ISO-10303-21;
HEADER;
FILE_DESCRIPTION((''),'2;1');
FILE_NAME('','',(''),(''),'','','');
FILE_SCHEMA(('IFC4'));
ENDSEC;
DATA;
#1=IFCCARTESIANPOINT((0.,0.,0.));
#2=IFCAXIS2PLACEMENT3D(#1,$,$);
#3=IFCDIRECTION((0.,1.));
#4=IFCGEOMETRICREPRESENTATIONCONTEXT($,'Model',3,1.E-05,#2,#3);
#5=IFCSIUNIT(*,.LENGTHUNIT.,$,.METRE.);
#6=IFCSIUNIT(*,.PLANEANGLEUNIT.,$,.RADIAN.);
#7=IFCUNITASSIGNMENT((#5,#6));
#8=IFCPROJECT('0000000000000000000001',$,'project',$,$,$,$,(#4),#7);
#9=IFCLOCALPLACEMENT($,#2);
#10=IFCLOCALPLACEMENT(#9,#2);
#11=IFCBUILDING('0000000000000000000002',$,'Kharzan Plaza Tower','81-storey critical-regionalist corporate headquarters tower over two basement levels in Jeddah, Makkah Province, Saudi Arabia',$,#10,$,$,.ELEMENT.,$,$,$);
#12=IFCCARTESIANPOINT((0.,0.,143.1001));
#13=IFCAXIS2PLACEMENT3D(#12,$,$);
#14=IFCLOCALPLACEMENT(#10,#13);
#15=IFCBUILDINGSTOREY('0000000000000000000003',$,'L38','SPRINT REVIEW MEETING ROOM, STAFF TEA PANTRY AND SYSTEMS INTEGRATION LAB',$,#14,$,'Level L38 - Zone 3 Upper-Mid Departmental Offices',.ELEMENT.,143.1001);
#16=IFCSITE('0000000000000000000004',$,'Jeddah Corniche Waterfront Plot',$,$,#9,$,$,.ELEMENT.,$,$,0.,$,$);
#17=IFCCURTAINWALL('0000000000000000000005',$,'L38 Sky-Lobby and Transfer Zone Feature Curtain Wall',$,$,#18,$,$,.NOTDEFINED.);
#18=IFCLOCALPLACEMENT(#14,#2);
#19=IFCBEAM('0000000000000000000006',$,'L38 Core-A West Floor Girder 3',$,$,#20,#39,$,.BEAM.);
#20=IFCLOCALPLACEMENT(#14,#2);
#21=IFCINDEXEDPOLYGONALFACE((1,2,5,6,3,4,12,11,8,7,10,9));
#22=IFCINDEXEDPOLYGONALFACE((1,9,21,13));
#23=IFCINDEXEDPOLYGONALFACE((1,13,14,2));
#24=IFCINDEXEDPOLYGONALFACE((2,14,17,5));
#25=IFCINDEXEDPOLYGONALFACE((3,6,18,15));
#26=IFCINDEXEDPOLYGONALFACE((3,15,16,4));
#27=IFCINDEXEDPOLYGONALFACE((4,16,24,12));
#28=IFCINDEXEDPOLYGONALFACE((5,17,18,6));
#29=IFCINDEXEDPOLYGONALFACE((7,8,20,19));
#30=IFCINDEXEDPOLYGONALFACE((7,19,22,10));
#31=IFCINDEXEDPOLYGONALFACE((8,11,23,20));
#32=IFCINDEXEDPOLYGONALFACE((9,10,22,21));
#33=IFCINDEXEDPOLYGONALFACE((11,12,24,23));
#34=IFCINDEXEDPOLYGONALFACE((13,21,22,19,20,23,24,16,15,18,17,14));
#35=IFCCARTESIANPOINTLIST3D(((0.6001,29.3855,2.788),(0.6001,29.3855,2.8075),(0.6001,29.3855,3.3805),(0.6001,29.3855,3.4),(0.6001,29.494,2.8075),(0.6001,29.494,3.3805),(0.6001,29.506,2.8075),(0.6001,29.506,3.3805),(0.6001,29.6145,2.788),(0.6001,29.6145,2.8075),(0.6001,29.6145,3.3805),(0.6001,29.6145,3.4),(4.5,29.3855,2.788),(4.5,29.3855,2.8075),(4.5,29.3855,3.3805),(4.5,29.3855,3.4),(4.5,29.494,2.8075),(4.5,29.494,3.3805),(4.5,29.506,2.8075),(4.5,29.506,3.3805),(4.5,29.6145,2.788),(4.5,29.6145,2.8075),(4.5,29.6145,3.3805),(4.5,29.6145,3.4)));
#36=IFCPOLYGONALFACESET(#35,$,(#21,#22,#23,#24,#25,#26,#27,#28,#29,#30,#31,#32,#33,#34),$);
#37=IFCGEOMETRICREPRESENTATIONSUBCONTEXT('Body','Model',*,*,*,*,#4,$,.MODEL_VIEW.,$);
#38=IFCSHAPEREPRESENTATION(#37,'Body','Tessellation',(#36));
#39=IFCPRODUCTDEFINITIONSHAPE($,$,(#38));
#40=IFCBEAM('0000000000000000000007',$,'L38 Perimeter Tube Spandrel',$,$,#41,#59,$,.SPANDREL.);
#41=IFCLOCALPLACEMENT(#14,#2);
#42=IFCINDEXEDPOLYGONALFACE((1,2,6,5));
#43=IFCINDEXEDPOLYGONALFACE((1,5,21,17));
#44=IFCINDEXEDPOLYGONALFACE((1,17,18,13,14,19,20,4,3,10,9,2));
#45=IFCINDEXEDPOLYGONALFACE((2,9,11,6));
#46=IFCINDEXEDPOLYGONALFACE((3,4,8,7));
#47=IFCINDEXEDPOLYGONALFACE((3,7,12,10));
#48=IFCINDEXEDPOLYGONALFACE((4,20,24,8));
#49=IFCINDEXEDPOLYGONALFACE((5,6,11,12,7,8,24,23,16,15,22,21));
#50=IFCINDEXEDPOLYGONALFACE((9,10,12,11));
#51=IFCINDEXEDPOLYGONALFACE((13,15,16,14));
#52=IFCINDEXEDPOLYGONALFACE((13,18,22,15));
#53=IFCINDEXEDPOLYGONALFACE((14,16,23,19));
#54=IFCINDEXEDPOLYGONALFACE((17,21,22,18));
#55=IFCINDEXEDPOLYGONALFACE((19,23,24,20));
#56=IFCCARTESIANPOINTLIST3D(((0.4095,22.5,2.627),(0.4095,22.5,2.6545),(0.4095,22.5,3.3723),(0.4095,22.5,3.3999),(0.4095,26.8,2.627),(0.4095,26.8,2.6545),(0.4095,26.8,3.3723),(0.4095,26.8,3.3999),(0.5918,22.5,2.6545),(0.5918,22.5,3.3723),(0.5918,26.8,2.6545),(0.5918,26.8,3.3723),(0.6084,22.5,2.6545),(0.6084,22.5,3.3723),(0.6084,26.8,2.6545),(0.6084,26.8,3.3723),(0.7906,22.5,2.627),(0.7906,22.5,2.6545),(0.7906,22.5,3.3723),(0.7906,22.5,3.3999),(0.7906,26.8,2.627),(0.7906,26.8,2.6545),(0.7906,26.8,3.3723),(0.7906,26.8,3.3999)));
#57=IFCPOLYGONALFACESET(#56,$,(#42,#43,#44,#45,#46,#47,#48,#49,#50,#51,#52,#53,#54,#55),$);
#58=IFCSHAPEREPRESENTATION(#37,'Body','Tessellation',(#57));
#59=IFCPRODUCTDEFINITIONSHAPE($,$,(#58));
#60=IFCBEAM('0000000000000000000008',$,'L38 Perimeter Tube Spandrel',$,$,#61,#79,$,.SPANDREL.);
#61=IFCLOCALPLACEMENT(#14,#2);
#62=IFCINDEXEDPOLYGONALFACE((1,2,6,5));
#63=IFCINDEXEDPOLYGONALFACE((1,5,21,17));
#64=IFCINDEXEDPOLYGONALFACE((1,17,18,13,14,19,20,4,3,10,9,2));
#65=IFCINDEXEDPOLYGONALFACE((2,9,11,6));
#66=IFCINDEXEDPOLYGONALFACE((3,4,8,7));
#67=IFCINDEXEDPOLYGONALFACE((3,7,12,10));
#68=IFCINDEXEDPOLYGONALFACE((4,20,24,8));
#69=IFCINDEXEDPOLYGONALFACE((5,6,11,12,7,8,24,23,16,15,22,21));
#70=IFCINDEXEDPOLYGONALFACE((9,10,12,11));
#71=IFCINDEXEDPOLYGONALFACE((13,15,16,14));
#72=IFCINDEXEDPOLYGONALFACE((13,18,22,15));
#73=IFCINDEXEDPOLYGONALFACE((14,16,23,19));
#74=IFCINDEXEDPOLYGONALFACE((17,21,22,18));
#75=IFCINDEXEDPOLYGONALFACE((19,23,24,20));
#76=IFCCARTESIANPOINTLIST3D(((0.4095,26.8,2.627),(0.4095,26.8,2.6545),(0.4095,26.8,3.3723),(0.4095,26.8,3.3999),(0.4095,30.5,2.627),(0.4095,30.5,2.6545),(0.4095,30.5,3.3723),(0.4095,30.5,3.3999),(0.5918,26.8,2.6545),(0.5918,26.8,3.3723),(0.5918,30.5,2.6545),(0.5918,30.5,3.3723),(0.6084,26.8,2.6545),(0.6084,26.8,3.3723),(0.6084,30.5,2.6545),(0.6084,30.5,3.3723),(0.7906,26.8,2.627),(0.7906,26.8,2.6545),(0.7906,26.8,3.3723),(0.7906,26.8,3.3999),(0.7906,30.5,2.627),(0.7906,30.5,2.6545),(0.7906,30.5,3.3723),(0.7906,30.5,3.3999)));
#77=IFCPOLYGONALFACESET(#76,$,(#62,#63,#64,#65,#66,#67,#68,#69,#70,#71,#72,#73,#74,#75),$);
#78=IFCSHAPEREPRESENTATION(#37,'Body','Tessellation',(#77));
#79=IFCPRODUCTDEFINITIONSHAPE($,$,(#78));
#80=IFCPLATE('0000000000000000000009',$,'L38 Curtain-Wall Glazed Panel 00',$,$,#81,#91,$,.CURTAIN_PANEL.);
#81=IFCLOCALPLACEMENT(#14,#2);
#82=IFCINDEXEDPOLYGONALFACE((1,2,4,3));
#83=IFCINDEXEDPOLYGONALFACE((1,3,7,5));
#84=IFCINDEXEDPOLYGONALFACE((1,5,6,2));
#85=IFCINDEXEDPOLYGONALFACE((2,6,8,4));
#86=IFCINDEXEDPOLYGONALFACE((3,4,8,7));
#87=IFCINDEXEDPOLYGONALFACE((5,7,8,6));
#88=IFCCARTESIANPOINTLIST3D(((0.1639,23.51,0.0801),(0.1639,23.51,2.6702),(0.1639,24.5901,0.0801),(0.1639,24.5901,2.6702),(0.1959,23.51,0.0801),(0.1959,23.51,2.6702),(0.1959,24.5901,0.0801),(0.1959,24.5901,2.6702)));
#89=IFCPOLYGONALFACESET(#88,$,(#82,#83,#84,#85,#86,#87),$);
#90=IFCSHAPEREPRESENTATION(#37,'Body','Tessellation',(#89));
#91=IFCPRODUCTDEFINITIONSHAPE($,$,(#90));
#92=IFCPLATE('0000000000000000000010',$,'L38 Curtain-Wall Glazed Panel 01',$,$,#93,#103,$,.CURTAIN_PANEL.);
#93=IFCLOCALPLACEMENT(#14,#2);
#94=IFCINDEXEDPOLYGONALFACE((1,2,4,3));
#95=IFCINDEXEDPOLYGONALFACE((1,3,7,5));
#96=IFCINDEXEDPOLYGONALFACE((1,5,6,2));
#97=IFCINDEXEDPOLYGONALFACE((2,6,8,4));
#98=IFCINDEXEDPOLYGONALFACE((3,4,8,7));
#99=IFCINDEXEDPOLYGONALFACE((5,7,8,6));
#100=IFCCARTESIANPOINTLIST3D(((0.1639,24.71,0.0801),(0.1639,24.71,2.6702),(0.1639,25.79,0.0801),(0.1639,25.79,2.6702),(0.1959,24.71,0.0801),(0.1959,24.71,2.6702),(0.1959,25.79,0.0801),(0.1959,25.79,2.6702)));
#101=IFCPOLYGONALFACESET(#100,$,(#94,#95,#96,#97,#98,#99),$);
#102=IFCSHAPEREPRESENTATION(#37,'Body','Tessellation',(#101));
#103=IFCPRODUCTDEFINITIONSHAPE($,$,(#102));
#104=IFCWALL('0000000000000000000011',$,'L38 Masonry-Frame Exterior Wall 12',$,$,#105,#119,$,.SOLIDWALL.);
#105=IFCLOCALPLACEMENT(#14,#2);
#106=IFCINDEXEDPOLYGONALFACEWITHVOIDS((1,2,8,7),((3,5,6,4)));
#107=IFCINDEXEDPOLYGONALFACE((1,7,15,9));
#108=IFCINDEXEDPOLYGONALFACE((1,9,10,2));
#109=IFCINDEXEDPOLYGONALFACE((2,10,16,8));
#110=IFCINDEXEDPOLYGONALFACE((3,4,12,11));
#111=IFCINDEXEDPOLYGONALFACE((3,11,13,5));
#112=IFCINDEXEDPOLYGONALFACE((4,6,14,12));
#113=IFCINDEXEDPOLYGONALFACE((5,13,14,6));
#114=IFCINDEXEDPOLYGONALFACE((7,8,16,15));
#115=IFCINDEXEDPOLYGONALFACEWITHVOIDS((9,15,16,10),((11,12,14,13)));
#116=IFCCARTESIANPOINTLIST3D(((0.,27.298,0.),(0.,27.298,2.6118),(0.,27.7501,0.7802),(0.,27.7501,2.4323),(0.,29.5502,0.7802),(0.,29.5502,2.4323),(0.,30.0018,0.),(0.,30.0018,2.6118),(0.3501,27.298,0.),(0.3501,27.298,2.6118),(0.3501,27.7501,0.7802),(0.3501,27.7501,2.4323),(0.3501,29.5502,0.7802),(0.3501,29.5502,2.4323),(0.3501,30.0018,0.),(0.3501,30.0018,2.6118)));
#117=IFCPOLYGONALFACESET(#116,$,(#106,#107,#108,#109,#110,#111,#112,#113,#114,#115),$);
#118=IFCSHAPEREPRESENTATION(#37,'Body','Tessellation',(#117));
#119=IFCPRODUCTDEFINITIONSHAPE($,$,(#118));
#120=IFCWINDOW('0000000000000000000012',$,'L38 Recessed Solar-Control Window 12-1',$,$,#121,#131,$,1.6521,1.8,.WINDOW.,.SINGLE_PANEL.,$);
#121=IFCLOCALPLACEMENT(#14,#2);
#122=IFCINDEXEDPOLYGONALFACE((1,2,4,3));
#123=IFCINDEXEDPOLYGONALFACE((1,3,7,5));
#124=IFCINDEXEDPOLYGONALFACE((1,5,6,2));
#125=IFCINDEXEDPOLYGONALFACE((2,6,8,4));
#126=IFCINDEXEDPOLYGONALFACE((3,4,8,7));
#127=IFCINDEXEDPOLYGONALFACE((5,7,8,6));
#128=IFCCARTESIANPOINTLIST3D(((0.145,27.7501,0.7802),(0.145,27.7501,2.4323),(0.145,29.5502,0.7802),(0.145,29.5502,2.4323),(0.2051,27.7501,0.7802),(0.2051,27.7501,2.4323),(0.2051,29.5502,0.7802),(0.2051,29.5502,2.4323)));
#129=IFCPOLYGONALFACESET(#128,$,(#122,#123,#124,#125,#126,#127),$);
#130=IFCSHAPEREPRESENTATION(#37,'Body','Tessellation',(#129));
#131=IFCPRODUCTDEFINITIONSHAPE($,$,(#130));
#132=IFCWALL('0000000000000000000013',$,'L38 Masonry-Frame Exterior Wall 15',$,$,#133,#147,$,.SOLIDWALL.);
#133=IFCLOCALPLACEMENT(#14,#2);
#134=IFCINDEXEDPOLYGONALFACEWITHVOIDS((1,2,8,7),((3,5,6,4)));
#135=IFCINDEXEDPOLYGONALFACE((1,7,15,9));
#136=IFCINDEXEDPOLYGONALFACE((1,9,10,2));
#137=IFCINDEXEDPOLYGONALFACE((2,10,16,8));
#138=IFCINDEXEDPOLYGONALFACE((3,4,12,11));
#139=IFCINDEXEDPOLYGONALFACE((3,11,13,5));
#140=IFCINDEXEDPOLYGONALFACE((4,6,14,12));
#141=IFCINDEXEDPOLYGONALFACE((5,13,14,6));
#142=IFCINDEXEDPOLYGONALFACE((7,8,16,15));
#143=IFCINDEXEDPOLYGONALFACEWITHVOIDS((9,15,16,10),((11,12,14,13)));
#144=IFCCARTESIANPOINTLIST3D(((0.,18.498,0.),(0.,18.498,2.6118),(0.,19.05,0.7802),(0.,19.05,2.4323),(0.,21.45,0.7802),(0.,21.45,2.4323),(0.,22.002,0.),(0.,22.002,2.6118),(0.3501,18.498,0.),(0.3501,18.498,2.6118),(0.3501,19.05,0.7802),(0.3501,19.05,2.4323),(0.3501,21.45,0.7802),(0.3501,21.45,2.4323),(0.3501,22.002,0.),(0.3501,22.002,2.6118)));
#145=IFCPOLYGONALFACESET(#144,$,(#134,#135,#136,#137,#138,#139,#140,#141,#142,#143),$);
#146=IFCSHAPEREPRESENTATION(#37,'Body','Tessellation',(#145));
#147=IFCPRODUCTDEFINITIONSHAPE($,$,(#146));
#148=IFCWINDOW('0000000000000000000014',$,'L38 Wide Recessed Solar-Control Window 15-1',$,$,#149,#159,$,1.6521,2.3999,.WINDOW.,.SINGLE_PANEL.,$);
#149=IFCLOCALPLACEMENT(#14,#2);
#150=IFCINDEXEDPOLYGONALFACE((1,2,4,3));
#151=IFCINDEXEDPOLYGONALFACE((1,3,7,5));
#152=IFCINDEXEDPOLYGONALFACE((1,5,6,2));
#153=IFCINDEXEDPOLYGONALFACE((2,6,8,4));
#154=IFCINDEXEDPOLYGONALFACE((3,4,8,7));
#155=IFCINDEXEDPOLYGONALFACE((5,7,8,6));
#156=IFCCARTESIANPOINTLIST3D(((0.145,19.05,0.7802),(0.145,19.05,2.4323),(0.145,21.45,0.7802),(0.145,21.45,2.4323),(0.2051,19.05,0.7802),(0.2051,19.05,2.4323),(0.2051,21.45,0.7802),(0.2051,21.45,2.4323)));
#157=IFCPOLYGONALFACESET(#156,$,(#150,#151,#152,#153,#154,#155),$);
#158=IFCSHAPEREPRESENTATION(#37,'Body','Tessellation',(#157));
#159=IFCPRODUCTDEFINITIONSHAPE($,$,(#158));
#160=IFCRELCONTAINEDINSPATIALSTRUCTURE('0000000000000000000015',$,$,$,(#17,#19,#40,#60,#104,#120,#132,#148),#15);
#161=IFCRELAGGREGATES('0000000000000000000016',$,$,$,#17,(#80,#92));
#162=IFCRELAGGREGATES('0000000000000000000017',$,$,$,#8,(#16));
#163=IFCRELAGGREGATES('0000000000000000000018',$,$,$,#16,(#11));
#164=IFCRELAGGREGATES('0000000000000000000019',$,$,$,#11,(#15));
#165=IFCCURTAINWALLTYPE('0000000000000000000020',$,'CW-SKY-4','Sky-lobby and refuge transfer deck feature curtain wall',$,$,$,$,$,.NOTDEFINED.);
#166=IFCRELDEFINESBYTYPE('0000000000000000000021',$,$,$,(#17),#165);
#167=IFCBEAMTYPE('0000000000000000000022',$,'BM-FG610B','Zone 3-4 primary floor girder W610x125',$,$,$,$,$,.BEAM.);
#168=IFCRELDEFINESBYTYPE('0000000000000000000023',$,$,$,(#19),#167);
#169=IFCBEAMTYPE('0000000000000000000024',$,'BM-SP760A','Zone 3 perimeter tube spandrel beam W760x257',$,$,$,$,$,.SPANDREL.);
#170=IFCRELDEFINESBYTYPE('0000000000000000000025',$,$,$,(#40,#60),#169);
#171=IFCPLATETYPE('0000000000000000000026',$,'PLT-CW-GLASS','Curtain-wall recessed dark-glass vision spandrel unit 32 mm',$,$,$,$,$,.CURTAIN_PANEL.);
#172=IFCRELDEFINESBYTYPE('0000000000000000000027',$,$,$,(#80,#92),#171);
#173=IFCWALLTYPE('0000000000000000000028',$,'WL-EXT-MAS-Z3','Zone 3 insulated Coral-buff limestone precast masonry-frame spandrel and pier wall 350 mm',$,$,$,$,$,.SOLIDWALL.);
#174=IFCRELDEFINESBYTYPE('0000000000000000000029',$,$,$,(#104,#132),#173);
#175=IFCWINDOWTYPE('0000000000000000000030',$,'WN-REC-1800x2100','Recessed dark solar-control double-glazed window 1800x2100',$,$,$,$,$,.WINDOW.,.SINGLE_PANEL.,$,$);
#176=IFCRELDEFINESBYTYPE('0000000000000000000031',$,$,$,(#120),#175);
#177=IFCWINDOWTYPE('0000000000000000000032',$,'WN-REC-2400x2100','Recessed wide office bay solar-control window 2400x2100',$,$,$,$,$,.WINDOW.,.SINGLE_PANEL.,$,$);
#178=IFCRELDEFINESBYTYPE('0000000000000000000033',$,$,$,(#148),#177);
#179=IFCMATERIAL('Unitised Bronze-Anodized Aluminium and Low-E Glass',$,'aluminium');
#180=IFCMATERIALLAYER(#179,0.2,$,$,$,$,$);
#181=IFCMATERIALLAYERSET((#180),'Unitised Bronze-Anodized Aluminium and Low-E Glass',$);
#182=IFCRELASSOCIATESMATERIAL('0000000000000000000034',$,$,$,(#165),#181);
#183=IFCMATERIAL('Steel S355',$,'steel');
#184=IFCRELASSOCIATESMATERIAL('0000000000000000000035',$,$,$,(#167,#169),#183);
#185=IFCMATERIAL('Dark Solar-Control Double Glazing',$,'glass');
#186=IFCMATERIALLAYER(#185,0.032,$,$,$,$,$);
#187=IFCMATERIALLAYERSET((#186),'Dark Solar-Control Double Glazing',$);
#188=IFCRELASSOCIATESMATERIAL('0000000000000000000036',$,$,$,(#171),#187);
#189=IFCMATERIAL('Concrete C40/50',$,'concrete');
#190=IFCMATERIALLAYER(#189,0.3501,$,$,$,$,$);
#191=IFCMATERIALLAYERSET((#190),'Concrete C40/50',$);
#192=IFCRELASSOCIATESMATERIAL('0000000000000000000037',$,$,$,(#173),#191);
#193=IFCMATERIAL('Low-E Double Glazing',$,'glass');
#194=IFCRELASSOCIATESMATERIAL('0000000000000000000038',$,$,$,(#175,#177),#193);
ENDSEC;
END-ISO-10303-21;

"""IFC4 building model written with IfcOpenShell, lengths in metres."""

from ifc_helpers import new_model, si_unit, direction, frame, frame_2d, origin, origin_2d, place, context, subcontext, project, spatial, rectangle, i_section, extrude, source, transform, mapped, material, layer, layer_set, material_profile, profile_set, type_object, element, fill, aggregate, save


model = new_model("IFC4")

# Units and contexts
model_context = context("Model", 3, precision=1e-05, world=origin(), true_north=direction((0.0, 1.0)))
body_context = subcontext(model_context, "Body", "Model", "MODEL_VIEW")
ifc_project = project(units=[si_unit("LENGTHUNIT", "METRE"), si_unit("PLANEANGLEUNIT", "RADIAN")], contexts=[model_context])

# Site, building, storey
site_placement = place(None, origin())
site = spatial("IfcSite", under=ifc_project, at=site_placement, Name="Jeddah Corniche Waterfront Plot", CompositionType="ELEMENT", RefElevation=0.0)
building_placement = place(site_placement, origin())
building = spatial("IfcBuilding", under=site, at=building_placement, Name="Kharzan Plaza Tower", Description="81-storey critical-regionalist corporate headquarters tower over two basement levels in Jeddah, Makkah Province, Saudi Arabia", CompositionType="ELEMENT")
storey_placement = place(building_placement, frame((0.0, 0.0, 143.1001)))
storey = spatial("IfcBuildingStorey", under=building, at=storey_placement, Name="L38", Description="SPRINT REVIEW MEETING ROOM, STAFF TEA PANTRY AND SYSTEMS INTEGRATION LAB", LongName="Level L38 - Zone 3 Upper-Mid Departmental Offices", CompositionType="ELEMENT", Elevation=143.1001)

# Shared definitions
ifc_material_1 = material(Name="Steel S355", Category="steel")

# Curtain wall
ifc_material_2 = material(Name="Unitised Bronze-Anodized Aluminium and Low-E Glass", Category="aluminium")
ifc_layer_1 = layer(ifc_material_2, 0.2)
ifc_layer_set_1 = layer_set([ifc_layer_1], Name="Unitised Bronze-Anodized Aluminium and Low-E Glass")
curtain_wall_type = type_object("IfcCurtainWallType", Name="CW-SKY-4", Description="Sky-lobby and refuge transfer deck feature curtain wall", PredefinedType="NOTDEFINED", material=ifc_layer_set_1)
curtain_wall_placement = place(storey_placement, origin())
curtain_wall = element("IfcCurtainWall", 1, at=curtain_wall_placement, inside=storey, type_object=curtain_wall_type, Name="L38 Sky-Lobby and Transfer Zone Feature Curtain Wall", PredefinedType="NOTDEFINED")

# Beams
ifc_material_profile_1 = material_profile(ifc_material_1, i_section(OverallWidth=0.229, OverallDepth=0.6121, WebThickness=0.012, FlangeThickness=0.0195, at=origin_2d()), Name="W610x125")
ifc_profile_set_1 = profile_set([ifc_material_profile_1], Name="Steel S355")
beam_type_1 = type_object("IfcBeamType", Name="BM-FG610B", Description="Zone 3-4 primary floor girder W610x125", PredefinedType="BEAM", material=ifc_profile_set_1)
shared_shape_1 = source(origin(), body_context, "Body", "SweptSolid", [
    extrude(i_section(OverallWidth=0.229, OverallDepth=0.6121, WebThickness=0.012, FlangeThickness=0.0195, at=origin_2d()), origin(), (0.0, 0.0, 1.0), 3.8999),
])
beam_1_placement = place(storey_placement, frame((0.6001, 29.5, 3.094), z_axis=(1.0, 0.0, 0.0), x_axis=(0.0, 1.0, 0.0)))
element("IfcBeam", 2, at=beam_1_placement, inside=storey, type_object=beam_type_1, Name="L38 Core-A West Floor Girder 3", PredefinedType="BEAM", context=body_context, shape_type="MappedRepresentation", body=[
    mapped(shared_shape_1, transform((0.0, 0.0, 0.0), x_axis=(1.0, 0.0, 0.0), y_axis=(0.0, 1.0, 0.0), z_axis=(0.0, 0.0, 1.0))),
])
ifc_material_profile_2 = material_profile(ifc_material_1, i_section(OverallWidth=0.3811, OverallDepth=0.7729, WebThickness=0.0166, FlangeThickness=0.0276, at=origin_2d()), Name="W760x257")
ifc_profile_set_2 = profile_set([ifc_material_profile_2], Name="Steel S355")
beam_type_2 = type_object("IfcBeamType", Name="BM-SP760A", Description="Zone 3 perimeter tube spandrel beam W760x257", PredefinedType="SPANDREL", material=ifc_profile_set_2)
shared_shape_2 = source(origin(), body_context, "Body", "SweptSolid", [
    extrude(i_section(OverallWidth=0.3811, OverallDepth=0.7729, WebThickness=0.0166, FlangeThickness=0.0276, at=origin_2d()), origin(), (0.0, 0.0, 1.0), 4.3),
])
beam_2_placement = place(storey_placement, frame((0.6001, 22.5, 3.0134), z_axis=(0.0, 1.0, 0.0), x_axis=(-1.0, 0.0, 0.0)))
element("IfcBeam", 3, at=beam_2_placement, inside=storey, type_object=beam_type_2, Name="L38 Perimeter Tube Spandrel", PredefinedType="SPANDREL", context=body_context, shape_type="MappedRepresentation", body=[
    mapped(shared_shape_2, transform((0.0, 0.0, 0.0), x_axis=(1.0, 0.0, 0.0), y_axis=(0.0, 1.0, 0.0), z_axis=(0.0, 0.0, 1.0))),
])
shared_shape_3 = source(origin(), body_context, "Body", "SweptSolid", [
    extrude(i_section(OverallWidth=0.3811, OverallDepth=0.7729, WebThickness=0.0166, FlangeThickness=0.0276, at=origin_2d()), origin(), (0.0, 0.0, 1.0), 3.7),
])
beam_3_placement = place(storey_placement, frame((0.6001, 26.8, 3.0134), z_axis=(0.0, 1.0, 0.0), x_axis=(-1.0, 0.0, 0.0)))
element("IfcBeam", 4, at=beam_3_placement, inside=storey, type_object=beam_type_2, Name="L38 Perimeter Tube Spandrel", PredefinedType="SPANDREL", context=body_context, shape_type="MappedRepresentation", body=[
    mapped(shared_shape_3, transform((0.0, 0.0, 0.0), x_axis=(1.0, 0.0, 0.0), y_axis=(0.0, 1.0, 0.0), z_axis=(0.0, 0.0, 1.0))),
])

# Plates
ifc_material_3 = material(Name="Dark Solar-Control Double Glazing", Category="glass")
ifc_layer_2 = layer(ifc_material_3, 0.032)
ifc_layer_set_2 = layer_set([ifc_layer_2], Name="Dark Solar-Control Double Glazing")
plate_type = type_object("IfcPlateType", Name="PLT-CW-GLASS", Description="Curtain-wall recessed dark-glass vision spandrel unit 32 mm", PredefinedType="CURTAIN_PANEL", material=ifc_layer_set_2)
shared_shape_4 = source(origin(), body_context, "Body", "SweptSolid", [
    extrude(rectangle(XDim=1.0801, YDim=0.032, at=origin_2d()), origin(), (0.0, 0.0, 1.0), 2.5901),
])
plate_1_placement = place(storey_placement, frame((0.1799, 24.05, 0.0801), z_axis=(0.0, 0.0, 1.0), x_axis=(0.0, 1.0, 0.0)))
plate_1 = element("IfcPlate", 5, at=plate_1_placement, type_object=plate_type, Name="L38 Curtain-Wall Glazed Panel 00", PredefinedType="CURTAIN_PANEL", context=body_context, shape_type="MappedRepresentation", body=[
    mapped(shared_shape_4, transform((0.0, 0.0, 0.0), x_axis=(1.0, 0.0, 0.0), y_axis=(0.0, 1.0, 0.0), z_axis=(0.0, 0.0, 1.0))),
])
plate_2_placement = place(storey_placement, frame((0.1799, 25.25, 0.0801), z_axis=(0.0, 0.0, 1.0), x_axis=(0.0, 1.0, 0.0)))
plate_2 = element("IfcPlate", 6, at=plate_2_placement, type_object=plate_type, Name="L38 Curtain-Wall Glazed Panel 01", PredefinedType="CURTAIN_PANEL", context=body_context, shape_type="MappedRepresentation", body=[
    mapped(shared_shape_4, transform((0.0, 0.0, 0.0), x_axis=(1.0, 0.0, 0.0), y_axis=(0.0, 1.0, 0.0), z_axis=(0.0, 0.0, 1.0))),
])
aggregate(curtain_wall, [plate_1, plate_2])

# Walls, openings, windows
ifc_material_4 = material(Name="Concrete C40/50", Category="concrete")
ifc_layer_3 = layer(ifc_material_4, 0.3501)
ifc_layer_set_3 = layer_set([ifc_layer_3], Name="Concrete C40/50")
wall_type_1 = type_object("IfcWallType", Name="WL-EXT-MAS-Z3", Description="Zone 3 insulated Coral-buff limestone precast masonry-frame spandrel and pier wall 350 mm", PredefinedType="SOLIDWALL", material=ifc_layer_set_3)
wall_1_placement = place(storey_placement, frame((0.175, 30.002, 0.0), z_axis=(0.0, 0.0, 1.0), x_axis=(0.0, -1.0, 0.0)))
wall_1 = element("IfcWall", 7, at=wall_1_placement, inside=storey, type_object=wall_type_1, Name="L38 Masonry-Frame Exterior Wall 12", PredefinedType="SOLIDWALL", context=body_context, shape_type="SweptSolid", body=[
    extrude(rectangle(XDim=2.7039, YDim=0.3501, at=frame_2d((1.3521, 0.0))), origin(), (0.0, 0.0, 1.0), 2.6118),
])
opening_1_placement = place(wall_1_placement, frame((0.4519, 0.0, 0.78)))
opening_1 = element("IfcOpeningElement", 8, at=opening_1_placement, cuts=wall_1, PredefinedType="OPENING", context=body_context, shape_type="SweptSolid", body=[
    extrude(rectangle(XDim=1.8, YDim=1.6521, at=frame_2d((0.8999, 0.8262))), frame((0.0, 0.1851, 0.0), z_axis=(0.0, -1.0, 0.0), x_axis=(1.0, 0.0, 0.0)), (0.0, 0.0, 1.0), 0.3701),
])
ifc_material_5 = material(Name="Low-E Double Glazing", Category="glass")
window_type_1 = type_object("IfcWindowType", Name="WN-REC-1800x2100", Description="Recessed dark solar-control double-glazed window 1800x2100", PartitioningType="SINGLE_PANEL", PredefinedType="WINDOW", material=ifc_material_5)
shared_shape_5 = source(origin(), body_context, "Body", "SweptSolid", [
    extrude(rectangle(XDim=1.8, YDim=1.6521, at=frame_2d((0.8999, 0.8262))), frame((0.0, 0.03, 0.0), z_axis=(0.0, -1.0, 0.0), x_axis=(1.0, 0.0, 0.0)), (0.0, 0.0, 1.0), 0.0601),
])
window_1_placement = place(opening_1_placement, origin())
window_1 = element("IfcWindow", 9, at=window_1_placement, inside=storey, type_object=window_type_1, Name="L38 Recessed Solar-Control Window 12-1", OverallHeight=1.6521, OverallWidth=1.8, PartitioningType="SINGLE_PANEL", PredefinedType="WINDOW", context=body_context, shape_type="MappedRepresentation", body=[
    mapped(shared_shape_5, transform((0.0, 0.0, 0.0), x_axis=(1.0, 0.0, 0.0), y_axis=(0.0, 1.0, 0.0), z_axis=(0.0, 0.0, 1.0))),
])
fill(opening_1, window_1)
wall_2_placement = place(storey_placement, frame((0.175, 22.002, 0.0), z_axis=(0.0, 0.0, 1.0), x_axis=(0.0, -1.0, 0.0)))
wall_2 = element("IfcWall", 10, at=wall_2_placement, inside=storey, type_object=wall_type_1, Name="L38 Masonry-Frame Exterior Wall 15", PredefinedType="SOLIDWALL", context=body_context, shape_type="SweptSolid", body=[
    extrude(rectangle(XDim=3.5039, YDim=0.3501, at=frame_2d((1.752, 0.0))), origin(), (0.0, 0.0, 1.0), 2.6118),
])
opening_2_placement = place(wall_2_placement, frame((0.552, 0.0, 0.78)))
opening_2 = element("IfcOpeningElement", 11, at=opening_2_placement, cuts=wall_2, PredefinedType="OPENING", context=body_context, shape_type="SweptSolid", body=[
    extrude(rectangle(XDim=2.3999, YDim=1.6521, at=frame_2d((1.2, 0.8262))), frame((0.0, 0.1851, 0.0), z_axis=(0.0, -1.0, 0.0), x_axis=(1.0, 0.0, 0.0)), (0.0, 0.0, 1.0), 0.3701),
])
window_type_2 = type_object("IfcWindowType", Name="WN-REC-2400x2100", Description="Recessed wide office bay solar-control window 2400x2100", PartitioningType="SINGLE_PANEL", PredefinedType="WINDOW", material=ifc_material_5)
shared_shape_6 = source(origin(), body_context, "Body", "SweptSolid", [
    extrude(rectangle(XDim=2.3999, YDim=1.6521, at=frame_2d((1.2, 0.8262))), frame((0.0, 0.03, 0.0), z_axis=(0.0, -1.0, 0.0), x_axis=(1.0, 0.0, 0.0)), (0.0, 0.0, 1.0), 0.0601),
])
window_2_placement = place(opening_2_placement, origin())
window_2 = element("IfcWindow", 12, at=window_2_placement, inside=storey, type_object=window_type_2, Name="L38 Wide Recessed Solar-Control Window 15-1", OverallHeight=1.6521, OverallWidth=2.3999, PartitioningType="SINGLE_PANEL", PredefinedType="WINDOW", context=body_context, shape_type="MappedRepresentation", body=[
    mapped(shared_shape_6, transform((0.0, 0.0, 0.0), x_axis=(1.0, 0.0, 0.0), y_axis=(0.0, 1.0, 0.0), z_axis=(0.0, 0.0, 1.0))),
])
fill(opening_2, window_2)

save(model, "model.ifc")
